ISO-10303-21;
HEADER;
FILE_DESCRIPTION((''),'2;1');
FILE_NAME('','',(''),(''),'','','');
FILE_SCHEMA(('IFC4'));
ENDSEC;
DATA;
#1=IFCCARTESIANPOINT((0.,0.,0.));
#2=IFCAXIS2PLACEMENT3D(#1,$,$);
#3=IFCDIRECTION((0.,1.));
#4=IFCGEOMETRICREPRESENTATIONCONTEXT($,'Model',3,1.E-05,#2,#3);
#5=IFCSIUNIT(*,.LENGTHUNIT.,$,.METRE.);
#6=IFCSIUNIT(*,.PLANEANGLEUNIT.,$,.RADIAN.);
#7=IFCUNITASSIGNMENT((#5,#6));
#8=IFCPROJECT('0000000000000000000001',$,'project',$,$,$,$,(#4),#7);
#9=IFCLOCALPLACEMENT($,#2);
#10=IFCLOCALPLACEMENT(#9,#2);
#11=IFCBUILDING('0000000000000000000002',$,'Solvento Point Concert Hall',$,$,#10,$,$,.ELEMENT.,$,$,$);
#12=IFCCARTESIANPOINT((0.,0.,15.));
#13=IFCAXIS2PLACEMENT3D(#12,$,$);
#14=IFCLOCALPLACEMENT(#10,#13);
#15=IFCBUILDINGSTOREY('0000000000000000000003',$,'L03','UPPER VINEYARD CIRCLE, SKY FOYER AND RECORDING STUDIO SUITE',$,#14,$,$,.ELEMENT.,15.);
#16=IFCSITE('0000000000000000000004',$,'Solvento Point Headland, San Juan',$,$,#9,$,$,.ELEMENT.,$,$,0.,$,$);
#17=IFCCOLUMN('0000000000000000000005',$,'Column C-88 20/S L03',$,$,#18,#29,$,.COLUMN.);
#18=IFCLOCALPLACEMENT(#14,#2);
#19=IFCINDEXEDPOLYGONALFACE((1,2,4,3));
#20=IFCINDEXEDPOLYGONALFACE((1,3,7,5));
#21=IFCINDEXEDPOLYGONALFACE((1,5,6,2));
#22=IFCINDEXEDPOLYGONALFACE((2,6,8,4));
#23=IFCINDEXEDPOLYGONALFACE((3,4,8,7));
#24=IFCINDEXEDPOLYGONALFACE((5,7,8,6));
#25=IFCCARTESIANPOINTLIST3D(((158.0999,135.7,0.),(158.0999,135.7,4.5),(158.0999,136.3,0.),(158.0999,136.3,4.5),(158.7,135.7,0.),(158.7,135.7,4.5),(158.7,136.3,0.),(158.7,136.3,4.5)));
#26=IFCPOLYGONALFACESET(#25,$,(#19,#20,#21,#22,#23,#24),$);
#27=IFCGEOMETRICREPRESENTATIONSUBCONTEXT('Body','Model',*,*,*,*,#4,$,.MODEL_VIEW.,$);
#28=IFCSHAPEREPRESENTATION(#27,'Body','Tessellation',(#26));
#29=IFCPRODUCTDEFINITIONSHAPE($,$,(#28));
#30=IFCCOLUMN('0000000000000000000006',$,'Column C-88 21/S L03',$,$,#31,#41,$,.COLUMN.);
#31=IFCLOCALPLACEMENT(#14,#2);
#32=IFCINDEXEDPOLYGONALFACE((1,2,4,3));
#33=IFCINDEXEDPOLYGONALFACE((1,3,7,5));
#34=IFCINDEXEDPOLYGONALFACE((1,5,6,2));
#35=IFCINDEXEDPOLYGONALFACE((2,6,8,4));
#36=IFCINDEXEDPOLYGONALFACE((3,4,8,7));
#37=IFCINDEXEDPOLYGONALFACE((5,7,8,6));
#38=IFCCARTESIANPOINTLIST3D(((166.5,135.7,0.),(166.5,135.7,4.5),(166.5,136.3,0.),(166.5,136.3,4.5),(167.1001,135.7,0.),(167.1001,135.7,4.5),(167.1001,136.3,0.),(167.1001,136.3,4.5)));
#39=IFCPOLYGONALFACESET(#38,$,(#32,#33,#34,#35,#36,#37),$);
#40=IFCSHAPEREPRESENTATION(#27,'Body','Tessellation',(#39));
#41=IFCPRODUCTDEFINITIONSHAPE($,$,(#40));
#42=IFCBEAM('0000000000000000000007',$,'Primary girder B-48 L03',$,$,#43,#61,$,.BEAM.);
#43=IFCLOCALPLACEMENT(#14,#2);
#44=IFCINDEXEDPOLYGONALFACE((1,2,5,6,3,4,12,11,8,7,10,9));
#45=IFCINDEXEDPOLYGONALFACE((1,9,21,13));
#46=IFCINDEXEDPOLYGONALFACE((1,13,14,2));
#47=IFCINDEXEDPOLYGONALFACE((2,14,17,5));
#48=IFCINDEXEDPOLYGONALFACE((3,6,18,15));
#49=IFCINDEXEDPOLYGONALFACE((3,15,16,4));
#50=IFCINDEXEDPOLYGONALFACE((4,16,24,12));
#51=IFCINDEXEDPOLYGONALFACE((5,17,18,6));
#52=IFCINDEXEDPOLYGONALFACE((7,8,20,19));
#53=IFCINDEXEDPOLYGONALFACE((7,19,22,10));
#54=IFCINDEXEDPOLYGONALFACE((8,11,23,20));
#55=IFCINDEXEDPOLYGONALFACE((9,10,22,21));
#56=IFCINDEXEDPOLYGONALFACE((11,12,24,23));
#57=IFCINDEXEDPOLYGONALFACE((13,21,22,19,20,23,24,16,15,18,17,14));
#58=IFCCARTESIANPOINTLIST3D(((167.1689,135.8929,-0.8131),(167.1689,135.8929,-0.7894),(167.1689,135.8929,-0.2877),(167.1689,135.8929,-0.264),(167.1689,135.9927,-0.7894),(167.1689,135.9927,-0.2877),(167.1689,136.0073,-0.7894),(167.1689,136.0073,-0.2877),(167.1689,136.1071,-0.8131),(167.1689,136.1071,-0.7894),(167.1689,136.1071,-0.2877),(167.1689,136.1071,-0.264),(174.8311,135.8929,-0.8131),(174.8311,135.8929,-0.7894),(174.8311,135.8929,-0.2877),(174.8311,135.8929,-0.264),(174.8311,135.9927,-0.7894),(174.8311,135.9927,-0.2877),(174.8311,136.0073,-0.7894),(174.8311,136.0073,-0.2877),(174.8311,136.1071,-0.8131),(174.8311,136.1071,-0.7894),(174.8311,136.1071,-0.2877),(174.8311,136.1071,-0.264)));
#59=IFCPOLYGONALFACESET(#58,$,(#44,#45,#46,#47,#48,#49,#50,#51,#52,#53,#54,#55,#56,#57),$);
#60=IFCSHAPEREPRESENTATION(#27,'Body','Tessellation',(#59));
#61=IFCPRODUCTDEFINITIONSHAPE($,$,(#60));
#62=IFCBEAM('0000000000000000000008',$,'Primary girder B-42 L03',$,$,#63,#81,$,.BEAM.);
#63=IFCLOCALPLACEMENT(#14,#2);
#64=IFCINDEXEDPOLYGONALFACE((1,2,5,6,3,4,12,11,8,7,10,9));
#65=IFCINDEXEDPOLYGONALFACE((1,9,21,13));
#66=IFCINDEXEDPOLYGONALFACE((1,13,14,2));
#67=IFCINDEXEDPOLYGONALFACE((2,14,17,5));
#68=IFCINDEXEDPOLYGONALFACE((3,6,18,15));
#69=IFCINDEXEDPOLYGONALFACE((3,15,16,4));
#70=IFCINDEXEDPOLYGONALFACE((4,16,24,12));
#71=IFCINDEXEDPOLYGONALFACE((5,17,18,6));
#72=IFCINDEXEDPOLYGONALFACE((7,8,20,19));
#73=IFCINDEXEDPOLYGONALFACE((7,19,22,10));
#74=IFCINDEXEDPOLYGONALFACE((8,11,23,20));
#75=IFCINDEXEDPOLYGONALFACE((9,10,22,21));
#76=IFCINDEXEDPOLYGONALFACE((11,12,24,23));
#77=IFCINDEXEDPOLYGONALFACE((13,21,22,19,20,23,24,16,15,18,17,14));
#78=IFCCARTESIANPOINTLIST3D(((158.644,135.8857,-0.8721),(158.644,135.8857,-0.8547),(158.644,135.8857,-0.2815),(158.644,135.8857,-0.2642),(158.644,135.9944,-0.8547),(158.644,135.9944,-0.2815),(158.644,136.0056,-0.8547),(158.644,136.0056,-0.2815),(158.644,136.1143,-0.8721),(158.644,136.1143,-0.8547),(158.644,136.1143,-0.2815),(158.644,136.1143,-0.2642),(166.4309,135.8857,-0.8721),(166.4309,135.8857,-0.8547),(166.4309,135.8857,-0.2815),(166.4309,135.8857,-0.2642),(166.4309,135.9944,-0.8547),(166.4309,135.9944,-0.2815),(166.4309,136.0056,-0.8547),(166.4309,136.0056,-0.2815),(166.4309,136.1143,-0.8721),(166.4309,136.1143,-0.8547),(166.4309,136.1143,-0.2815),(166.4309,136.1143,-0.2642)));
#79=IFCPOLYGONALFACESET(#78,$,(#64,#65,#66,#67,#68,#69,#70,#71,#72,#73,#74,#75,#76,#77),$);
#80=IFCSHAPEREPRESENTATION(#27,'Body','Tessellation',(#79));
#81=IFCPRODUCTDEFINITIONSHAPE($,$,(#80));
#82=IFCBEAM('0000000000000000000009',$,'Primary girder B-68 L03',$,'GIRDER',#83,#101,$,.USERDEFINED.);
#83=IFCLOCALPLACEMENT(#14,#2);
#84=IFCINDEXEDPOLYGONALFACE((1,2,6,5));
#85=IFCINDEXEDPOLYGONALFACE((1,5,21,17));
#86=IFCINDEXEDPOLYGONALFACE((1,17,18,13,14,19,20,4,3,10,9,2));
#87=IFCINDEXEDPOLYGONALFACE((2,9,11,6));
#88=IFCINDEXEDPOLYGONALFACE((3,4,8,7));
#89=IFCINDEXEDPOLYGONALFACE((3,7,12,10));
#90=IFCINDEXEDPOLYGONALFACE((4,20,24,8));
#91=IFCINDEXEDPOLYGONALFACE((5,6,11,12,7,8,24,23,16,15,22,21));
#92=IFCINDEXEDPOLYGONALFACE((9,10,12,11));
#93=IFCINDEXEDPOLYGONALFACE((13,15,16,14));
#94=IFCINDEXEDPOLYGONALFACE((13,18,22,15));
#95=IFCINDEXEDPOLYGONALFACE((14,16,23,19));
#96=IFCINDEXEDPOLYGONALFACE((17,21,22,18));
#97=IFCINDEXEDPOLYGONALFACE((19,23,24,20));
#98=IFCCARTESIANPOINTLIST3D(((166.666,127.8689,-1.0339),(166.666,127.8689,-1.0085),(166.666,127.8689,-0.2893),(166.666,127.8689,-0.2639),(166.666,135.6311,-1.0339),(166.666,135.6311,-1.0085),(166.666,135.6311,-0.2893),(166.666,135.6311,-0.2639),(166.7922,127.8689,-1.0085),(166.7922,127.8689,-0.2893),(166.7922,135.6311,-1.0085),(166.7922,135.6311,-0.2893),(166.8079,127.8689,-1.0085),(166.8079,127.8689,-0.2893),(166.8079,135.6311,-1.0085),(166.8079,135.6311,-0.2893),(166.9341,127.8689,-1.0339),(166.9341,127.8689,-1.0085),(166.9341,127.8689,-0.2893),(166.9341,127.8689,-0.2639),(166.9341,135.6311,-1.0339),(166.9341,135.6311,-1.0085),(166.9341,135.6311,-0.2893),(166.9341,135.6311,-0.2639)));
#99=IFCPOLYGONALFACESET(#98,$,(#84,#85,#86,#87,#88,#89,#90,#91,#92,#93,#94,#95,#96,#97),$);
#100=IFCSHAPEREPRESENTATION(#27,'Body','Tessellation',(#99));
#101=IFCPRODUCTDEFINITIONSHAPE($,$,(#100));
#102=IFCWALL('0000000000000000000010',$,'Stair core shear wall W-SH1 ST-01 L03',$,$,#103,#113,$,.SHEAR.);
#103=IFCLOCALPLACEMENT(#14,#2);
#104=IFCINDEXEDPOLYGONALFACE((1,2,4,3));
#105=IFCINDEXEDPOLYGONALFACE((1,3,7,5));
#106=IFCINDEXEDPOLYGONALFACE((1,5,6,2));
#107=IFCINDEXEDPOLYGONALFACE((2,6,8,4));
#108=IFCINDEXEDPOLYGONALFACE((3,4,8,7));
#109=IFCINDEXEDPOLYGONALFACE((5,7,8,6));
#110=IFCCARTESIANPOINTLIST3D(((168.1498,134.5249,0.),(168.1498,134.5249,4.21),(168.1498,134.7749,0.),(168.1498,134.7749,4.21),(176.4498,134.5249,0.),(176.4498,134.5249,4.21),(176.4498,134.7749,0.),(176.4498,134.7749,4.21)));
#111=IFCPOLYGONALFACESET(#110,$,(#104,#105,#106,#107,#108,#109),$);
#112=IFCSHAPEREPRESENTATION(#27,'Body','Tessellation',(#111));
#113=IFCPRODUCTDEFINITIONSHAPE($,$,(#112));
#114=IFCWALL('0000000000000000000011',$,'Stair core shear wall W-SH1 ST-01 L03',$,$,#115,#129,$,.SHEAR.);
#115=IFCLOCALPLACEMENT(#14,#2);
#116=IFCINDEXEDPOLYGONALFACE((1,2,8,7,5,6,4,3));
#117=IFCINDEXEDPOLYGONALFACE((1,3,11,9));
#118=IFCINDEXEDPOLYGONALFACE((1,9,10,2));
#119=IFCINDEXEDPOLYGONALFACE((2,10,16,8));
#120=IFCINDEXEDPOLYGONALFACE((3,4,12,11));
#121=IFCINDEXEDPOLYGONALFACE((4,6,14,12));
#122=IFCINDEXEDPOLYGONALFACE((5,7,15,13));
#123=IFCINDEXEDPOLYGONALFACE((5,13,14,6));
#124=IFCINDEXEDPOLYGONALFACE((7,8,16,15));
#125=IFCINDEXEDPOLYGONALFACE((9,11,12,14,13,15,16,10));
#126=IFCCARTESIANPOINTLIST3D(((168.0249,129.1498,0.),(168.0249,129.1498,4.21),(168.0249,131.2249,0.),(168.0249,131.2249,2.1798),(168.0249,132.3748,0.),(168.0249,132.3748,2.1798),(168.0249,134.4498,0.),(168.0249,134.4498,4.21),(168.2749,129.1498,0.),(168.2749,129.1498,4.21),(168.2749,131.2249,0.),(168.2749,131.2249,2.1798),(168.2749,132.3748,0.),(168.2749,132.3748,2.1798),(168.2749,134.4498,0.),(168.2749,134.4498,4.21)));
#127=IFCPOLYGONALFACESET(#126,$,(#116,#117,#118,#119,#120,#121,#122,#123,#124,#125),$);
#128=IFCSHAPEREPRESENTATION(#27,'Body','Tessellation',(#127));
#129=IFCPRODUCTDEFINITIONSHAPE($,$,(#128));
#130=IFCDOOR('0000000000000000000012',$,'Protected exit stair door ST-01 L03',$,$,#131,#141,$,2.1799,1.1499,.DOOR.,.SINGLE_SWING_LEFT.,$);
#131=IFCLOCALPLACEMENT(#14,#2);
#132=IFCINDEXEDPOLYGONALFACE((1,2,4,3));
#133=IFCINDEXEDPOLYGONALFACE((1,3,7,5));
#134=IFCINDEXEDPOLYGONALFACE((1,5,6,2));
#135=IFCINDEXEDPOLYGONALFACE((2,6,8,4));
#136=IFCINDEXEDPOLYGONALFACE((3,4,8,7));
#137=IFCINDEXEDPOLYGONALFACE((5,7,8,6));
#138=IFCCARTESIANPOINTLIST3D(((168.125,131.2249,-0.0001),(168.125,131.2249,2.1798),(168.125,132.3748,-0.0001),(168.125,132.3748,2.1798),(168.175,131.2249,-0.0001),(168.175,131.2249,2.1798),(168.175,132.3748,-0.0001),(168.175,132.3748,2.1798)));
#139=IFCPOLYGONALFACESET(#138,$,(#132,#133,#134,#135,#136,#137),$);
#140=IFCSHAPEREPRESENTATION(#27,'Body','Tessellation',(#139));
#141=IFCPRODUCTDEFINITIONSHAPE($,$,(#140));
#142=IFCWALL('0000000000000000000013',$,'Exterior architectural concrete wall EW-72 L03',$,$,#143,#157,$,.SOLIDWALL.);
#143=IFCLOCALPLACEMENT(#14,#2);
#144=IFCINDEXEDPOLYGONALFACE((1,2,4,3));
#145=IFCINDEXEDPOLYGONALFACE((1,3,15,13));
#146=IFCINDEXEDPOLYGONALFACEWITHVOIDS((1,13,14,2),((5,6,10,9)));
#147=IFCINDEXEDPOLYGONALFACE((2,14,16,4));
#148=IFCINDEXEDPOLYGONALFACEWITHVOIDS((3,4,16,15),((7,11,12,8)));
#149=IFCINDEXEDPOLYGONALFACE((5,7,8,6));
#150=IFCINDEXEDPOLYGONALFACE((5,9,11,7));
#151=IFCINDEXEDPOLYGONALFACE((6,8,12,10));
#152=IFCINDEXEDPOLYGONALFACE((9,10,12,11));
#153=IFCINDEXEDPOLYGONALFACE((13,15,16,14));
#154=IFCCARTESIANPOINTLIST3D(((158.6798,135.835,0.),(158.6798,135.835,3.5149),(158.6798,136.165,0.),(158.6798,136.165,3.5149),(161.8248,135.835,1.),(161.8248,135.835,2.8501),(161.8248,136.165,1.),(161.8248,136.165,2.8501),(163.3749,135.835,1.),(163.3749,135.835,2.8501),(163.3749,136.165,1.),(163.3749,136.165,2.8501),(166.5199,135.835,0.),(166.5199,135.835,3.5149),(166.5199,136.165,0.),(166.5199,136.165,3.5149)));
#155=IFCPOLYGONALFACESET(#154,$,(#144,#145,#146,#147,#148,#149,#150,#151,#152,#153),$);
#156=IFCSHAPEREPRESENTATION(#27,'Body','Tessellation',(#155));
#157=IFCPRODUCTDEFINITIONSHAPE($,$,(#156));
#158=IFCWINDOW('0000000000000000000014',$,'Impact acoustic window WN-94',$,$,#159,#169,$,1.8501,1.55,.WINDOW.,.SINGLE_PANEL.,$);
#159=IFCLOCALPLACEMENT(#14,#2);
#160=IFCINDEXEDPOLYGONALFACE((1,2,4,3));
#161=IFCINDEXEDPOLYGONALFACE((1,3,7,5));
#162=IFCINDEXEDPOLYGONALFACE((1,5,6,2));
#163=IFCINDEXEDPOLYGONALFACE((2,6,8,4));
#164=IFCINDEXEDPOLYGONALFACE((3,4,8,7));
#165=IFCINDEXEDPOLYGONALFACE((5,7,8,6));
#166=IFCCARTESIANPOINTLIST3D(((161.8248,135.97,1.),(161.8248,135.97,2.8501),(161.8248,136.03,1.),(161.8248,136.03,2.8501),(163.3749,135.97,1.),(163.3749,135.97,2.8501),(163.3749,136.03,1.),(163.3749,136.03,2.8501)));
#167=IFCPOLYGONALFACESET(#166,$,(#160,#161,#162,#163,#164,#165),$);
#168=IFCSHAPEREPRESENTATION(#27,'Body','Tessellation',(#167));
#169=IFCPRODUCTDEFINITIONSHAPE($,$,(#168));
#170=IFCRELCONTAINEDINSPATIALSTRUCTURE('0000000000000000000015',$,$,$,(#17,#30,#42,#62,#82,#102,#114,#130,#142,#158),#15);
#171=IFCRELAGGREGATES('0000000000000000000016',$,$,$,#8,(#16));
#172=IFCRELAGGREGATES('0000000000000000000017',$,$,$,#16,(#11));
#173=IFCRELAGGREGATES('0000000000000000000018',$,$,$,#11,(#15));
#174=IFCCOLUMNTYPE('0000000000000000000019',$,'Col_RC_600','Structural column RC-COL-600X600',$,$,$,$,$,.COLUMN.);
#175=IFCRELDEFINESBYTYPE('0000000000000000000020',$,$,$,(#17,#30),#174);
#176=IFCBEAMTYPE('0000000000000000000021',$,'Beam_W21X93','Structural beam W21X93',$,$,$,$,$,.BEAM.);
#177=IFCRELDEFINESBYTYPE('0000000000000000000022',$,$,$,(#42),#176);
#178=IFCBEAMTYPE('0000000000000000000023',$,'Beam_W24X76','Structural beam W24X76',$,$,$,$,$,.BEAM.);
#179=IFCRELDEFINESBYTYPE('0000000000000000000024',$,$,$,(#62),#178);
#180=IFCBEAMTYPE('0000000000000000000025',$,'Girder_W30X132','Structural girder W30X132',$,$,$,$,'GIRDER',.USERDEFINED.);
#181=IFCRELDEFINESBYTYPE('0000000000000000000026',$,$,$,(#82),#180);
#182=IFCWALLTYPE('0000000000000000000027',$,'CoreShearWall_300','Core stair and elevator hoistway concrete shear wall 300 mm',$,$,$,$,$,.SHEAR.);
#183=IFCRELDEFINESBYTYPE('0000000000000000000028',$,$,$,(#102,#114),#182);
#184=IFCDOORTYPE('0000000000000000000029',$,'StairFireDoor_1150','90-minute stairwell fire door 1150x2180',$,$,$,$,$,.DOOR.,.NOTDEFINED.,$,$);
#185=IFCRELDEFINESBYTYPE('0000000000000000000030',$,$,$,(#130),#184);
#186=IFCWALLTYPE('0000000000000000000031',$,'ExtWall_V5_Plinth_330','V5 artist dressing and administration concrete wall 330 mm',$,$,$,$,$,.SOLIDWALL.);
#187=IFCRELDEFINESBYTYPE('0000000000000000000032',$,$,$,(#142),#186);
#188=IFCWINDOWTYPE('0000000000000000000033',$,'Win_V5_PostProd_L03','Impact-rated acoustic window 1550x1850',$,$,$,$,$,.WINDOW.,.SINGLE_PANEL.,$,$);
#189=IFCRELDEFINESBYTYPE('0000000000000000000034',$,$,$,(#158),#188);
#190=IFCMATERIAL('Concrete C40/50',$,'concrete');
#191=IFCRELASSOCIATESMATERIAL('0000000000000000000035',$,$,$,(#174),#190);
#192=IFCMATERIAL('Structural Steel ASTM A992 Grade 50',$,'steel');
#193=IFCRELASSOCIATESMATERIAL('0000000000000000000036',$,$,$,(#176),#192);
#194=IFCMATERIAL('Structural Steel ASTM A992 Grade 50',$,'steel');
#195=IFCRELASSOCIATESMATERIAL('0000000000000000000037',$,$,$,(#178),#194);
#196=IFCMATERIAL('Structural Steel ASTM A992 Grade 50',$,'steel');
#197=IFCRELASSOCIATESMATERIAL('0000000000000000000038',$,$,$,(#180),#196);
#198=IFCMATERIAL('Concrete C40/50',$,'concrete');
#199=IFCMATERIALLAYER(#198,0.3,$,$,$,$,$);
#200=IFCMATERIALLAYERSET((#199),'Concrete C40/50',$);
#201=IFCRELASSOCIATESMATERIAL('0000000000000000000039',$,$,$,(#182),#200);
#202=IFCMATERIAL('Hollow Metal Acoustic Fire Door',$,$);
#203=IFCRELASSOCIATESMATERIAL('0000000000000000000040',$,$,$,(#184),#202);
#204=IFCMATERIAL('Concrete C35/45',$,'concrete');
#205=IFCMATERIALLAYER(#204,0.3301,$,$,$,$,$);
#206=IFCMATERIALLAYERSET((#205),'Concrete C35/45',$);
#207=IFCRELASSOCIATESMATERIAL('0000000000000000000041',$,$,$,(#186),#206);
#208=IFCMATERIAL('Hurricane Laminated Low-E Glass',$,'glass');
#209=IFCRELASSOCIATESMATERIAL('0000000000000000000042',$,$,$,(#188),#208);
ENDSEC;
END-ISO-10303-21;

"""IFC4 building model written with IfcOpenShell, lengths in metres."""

from ifc_helpers import new_model, si_unit, direction, frame, frame_2d, origin, origin_2d, place, context, subcontext, project, spatial, rectangle, i_section, extrude, material, layer, layer_set, material_profile, profile_set, type_object, element, fill, save


model = new_model("IFC4")

# Units and contexts
model_context = context("Model", 3, precision=1e-05, world=origin(), true_north=direction((0.0, 1.0)))
body_context = subcontext(model_context, "Body", "Model", "MODEL_VIEW")
ifc_project = project(units=[si_unit("LENGTHUNIT", "METRE"), si_unit("PLANEANGLEUNIT", "RADIAN")], contexts=[model_context])

# Site, building, storey
site_placement = place(None, origin())
site = spatial("IfcSite", under=ifc_project, at=site_placement, Name="Solvento Point Headland, San Juan", CompositionType="ELEMENT", RefElevation=0.0)
building_placement = place(site_placement, origin())
building = spatial("IfcBuilding", under=site, at=building_placement, Name="Solvento Point Concert Hall", CompositionType="ELEMENT")
storey_placement = place(building_placement, frame((0.0, 0.0, 15.0)))
storey = spatial("IfcBuildingStorey", under=building, at=storey_placement, Name="L03", Description="UPPER VINEYARD CIRCLE, SKY FOYER AND RECORDING STUDIO SUITE", CompositionType="ELEMENT", Elevation=15.0)

# Columns
ifc_material_1 = material(Name="Concrete C40/50", Category="concrete")
ifc_material_profile_1 = material_profile(ifc_material_1, rectangle(XDim=0.6001, YDim=0.6001, at=origin_2d()), Name="RC-COL-600X600")
ifc_profile_set_1 = profile_set([ifc_material_profile_1], Name="Concrete C40/50")
column_type = type_object("IfcColumnType", Name="Col_RC_600", Description="Structural column RC-COL-600X600", PredefinedType="COLUMN", material=ifc_profile_set_1)
for number, where, z_axis, x_axis, name in (
    (1, (158.3999, 136.0, 0.0), (0.0, 0.0, 1.0), (1.0, 0.0, 0.0), "Column C-88 20/S L03"),
    (2, (166.8, 136.0, 0.0), (0.0, 0.0, 1.0), (1.0, 0.0, 0.0), "Column C-88 21/S L03"),
):
    element("IfcColumn", number, at=place(storey_placement, frame(where, z_axis=z_axis, x_axis=x_axis)), inside=storey, type_object=column_type, Name=name, PredefinedType="COLUMN", context=body_context, shape_type="SweptSolid", body=[
        extrude(rectangle(XDim=0.6001, YDim=0.6001, at=origin_2d()), origin(), (0.0, 0.0, 1.0), 4.5),
    ])

# Beams
ifc_material_2 = material(Name="Structural Steel ASTM A992 Grade 50", Category="steel")
ifc_material_profile_2 = material_profile(ifc_material_2, i_section(OverallWidth=0.2141, OverallDepth=0.5491, WebThickness=0.0146, FlangeThickness=0.0237, at=origin_2d()), Name="W21X93")
ifc_profile_set_2 = profile_set([ifc_material_profile_2], Name="Structural Steel ASTM A992 Grade 50")
beam_type_1 = type_object("IfcBeamType", Name="Beam_W21X93", Description="Structural beam W21X93", PredefinedType="BEAM", material=ifc_profile_set_2)
beam_1_placement = place(storey_placement, frame((167.1689, 136.0, -0.5386), z_axis=(1.0, 0.0, 0.0), x_axis=(0.0, 1.0, 0.0)))
element("IfcBeam", 3, at=beam_1_placement, inside=storey, type_object=beam_type_1, Name="Primary girder B-48 L03", PredefinedType="BEAM", context=body_context, shape_type="SweptSolid", body=[
    extrude(i_section(OverallWidth=0.2141, OverallDepth=0.5491, WebThickness=0.0146, FlangeThickness=0.0237, at=origin_2d()), origin(), (0.0, 0.0, 1.0), 7.6621),
])
ifc_material_3 = material(Name="Structural Steel ASTM A992 Grade 50", Category="steel")
ifc_material_profile_3 = material_profile(ifc_material_3, i_section(OverallWidth=0.2285, OverallDepth=0.6079, WebThickness=0.0112, FlangeThickness=0.0173, at=origin_2d()), Name="W24X76")
ifc_profile_set_3 = profile_set([ifc_material_profile_3], Name="Structural Steel ASTM A992 Grade 50")
beam_type_2 = type_object("IfcBeamType", Name="Beam_W24X76", Description="Structural beam W24X76", PredefinedType="BEAM", material=ifc_profile_set_3)
beam_2_placement = place(storey_placement, frame((158.644, 136.0, -0.5681), z_axis=(1.0, 0.0, 0.0), x_axis=(0.0, 1.0, 0.0)))
element("IfcBeam", 4, at=beam_2_placement, inside=storey, type_object=beam_type_2, Name="Primary girder B-42 L03", PredefinedType="BEAM", context=body_context, shape_type="SweptSolid", body=[
    extrude(i_section(OverallWidth=0.2285, OverallDepth=0.6079, WebThickness=0.0112, FlangeThickness=0.0173, at=origin_2d()), origin(), (0.0, 0.0, 1.0), 7.7869),
])
ifc_material_4 = material(Name="Structural Steel ASTM A992 Grade 50", Category="steel")
ifc_material_profile_4 = material_profile(ifc_material_4, i_section(OverallWidth=0.2681, OverallDepth=0.77, WebThickness=0.0156, FlangeThickness=0.0254, at=origin_2d()), Name="W30X132")
ifc_profile_set_4 = profile_set([ifc_material_profile_4], Name="Structural Steel ASTM A992 Grade 50")
beam_type_3 = type_object("IfcBeamType", Name="Girder_W30X132", Description="Structural girder W30X132", ElementType="GIRDER", PredefinedType="USERDEFINED", material=ifc_profile_set_4)
beam_3_placement = place(storey_placement, frame((166.8, 127.8689, -0.6489), z_axis=(0.0, 1.0, 0.0), x_axis=(-1.0, 0.0, 0.0)))
element("IfcBeam", 5, at=beam_3_placement, inside=storey, type_object=beam_type_3, Name="Primary girder B-68 L03", ObjectType="GIRDER", PredefinedType="USERDEFINED", context=body_context, shape_type="SweptSolid", body=[
    extrude(i_section(OverallWidth=0.2681, OverallDepth=0.77, WebThickness=0.0156, FlangeThickness=0.0254, at=origin_2d()), origin(), (0.0, 0.0, 1.0), 7.7622),
])

# Wall
ifc_material_5 = material(Name="Concrete C40/50", Category="concrete")
ifc_layer_1 = layer(ifc_material_5, 0.3)
ifc_layer_set_1 = layer_set([ifc_layer_1], Name="Concrete C40/50")
wall_type_1 = type_object("IfcWallType", Name="CoreShearWall_300", Description="Core stair and elevator hoistway concrete shear wall 300 mm", PredefinedType="SHEAR", material=ifc_layer_set_1)
wall_1_placement = place(storey_placement, frame((168.1499, 134.6499, 0.0), z_axis=(0.0, 0.0, 1.0), x_axis=(1.0, 0.0, 0.0)))
element("IfcWall", 6, at=wall_1_placement, inside=storey, type_object=wall_type_1, Name="Stair core shear wall W-SH1 ST-01 L03", PredefinedType="SHEAR", context=body_context, shape_type="SweptSolid", body=[
    extrude(rectangle(XDim=8.3, YDim=0.25, at=frame_2d((4.1499, 0.0))), origin(), (0.0, 0.0, 1.0), 4.21),
])

# Wall, opening, door
wall_2_placement = place(storey_placement, frame((168.1499, 129.1499, 0.0), z_axis=(0.0, 0.0, 1.0), x_axis=(0.0, 1.0, 0.0)))
wall_2 = element("IfcWall", 7, at=wall_2_placement, inside=storey, type_object=wall_type_1, Name="Stair core shear wall W-SH1 ST-01 L03", PredefinedType="SHEAR", context=body_context, shape_type="SweptSolid", body=[
    extrude(rectangle(XDim=5.3, YDim=0.25, at=frame_2d((2.6499, 0.0))), origin(), (0.0, 0.0, 1.0), 4.21),
])
opening_1_placement = place(wall_2_placement, frame((2.075, 0.0, 0.0)))
opening_1 = element("IfcOpeningElement", 8, at=opening_1_placement, cuts=wall_2, PredefinedType="OPENING", context=body_context, shape_type="SweptSolid", body=[
    extrude(rectangle(XDim=1.1499, YDim=2.1799, at=frame_2d((0.575, 1.0898))), frame((0.0, 0.135, 0.0), z_axis=(0.0, -1.0, 0.0), x_axis=(1.0, 0.0, 0.0)), (0.0, 0.0, 1.0), 0.27),
])
ifc_material_6 = material(Name="Hollow Metal Acoustic Fire Door")
door_type = type_object("IfcDoorType", Name="StairFireDoor_1150", Description="90-minute stairwell fire door 1150x2180", OperationType="NOTDEFINED", PredefinedType="DOOR", material=ifc_material_6)
door_placement = place(opening_1_placement, origin())
door = element("IfcDoor", 9, at=door_placement, inside=storey, type_object=door_type, Name="Protected exit stair door ST-01 L03", OperationType="SINGLE_SWING_LEFT", OverallHeight=2.1799, OverallWidth=1.1499, PredefinedType="DOOR", context=body_context, shape_type="SweptSolid", body=[
    extrude(rectangle(XDim=1.1499, YDim=2.1799, at=frame_2d((0.575, 1.0898))), frame((0.0, 0.0249, 0.0), z_axis=(0.0, -1.0, 0.0), x_axis=(1.0, 0.0, 0.0)), (0.0, 0.0, 1.0), 0.05),
])
fill(opening_1, door)

# Wall, opening, window
ifc_material_7 = material(Name="Concrete C35/45", Category="concrete")
ifc_layer_2 = layer(ifc_material_7, 0.3301)
ifc_layer_set_2 = layer_set([ifc_layer_2], Name="Concrete C35/45")
wall_type_2 = type_object("IfcWallType", Name="ExtWall_V5_Plinth_330", Description="V5 artist dressing and administration concrete wall 330 mm", PredefinedType="SOLIDWALL", material=ifc_layer_set_2)
wall_3_placement = place(storey_placement, frame((158.6799, 136.0, 0.0), z_axis=(0.0, 0.0, 1.0), x_axis=(1.0, 0.0, 0.0)))
wall_3 = element("IfcWall", 10, at=wall_3_placement, inside=storey, type_object=wall_type_2, Name="Exterior architectural concrete wall EW-72 L03", PredefinedType="SOLIDWALL", context=body_context, shape_type="SweptSolid", body=[
    extrude(rectangle(XDim=7.8401, YDim=0.3301, at=frame_2d((3.9199, 0.0))), origin(), (0.0, 0.0, 1.0), 3.5149),
])
opening_2_placement = place(wall_3_placement, frame((3.145, 0.0, 1.0)))
opening_2 = element("IfcOpeningElement", 11, at=opening_2_placement, cuts=wall_3, PredefinedType="OPENING", context=body_context, shape_type="SweptSolid", body=[
    extrude(rectangle(XDim=1.55, YDim=1.8501, at=frame_2d((0.7749, 0.925))), frame((0.0, 0.175, 0.0), z_axis=(0.0, -1.0, 0.0), x_axis=(1.0, 0.0, 0.0)), (0.0, 0.0, 1.0), 0.3501),
])
ifc_material_8 = material(Name="Hurricane Laminated Low-E Glass", Category="glass")
window_type = type_object("IfcWindowType", Name="Win_V5_PostProd_L03", Description="Impact-rated acoustic window 1550x1850", PartitioningType="SINGLE_PANEL", PredefinedType="WINDOW", material=ifc_material_8)
window_1_placement = place(opening_2_placement, origin())
window_1 = element("IfcWindow", 12, at=window_1_placement, inside=storey, type_object=window_type, Name="Impact acoustic window WN-94", OverallHeight=1.8501, OverallWidth=1.55, PartitioningType="SINGLE_PANEL", PredefinedType="WINDOW", context=body_context, shape_type="SweptSolid", body=[
    extrude(rectangle(XDim=1.55, YDim=1.8501, at=frame_2d((0.7749, 0.925))), frame((0.0, 0.03, 0.0), z_axis=(0.0, -1.0, 0.0), x_axis=(1.0, 0.0, 0.0)), (0.0, 0.0, 1.0), 0.0601),
])
fill(opening_2, window_1)

save(model, "model.ifc")
